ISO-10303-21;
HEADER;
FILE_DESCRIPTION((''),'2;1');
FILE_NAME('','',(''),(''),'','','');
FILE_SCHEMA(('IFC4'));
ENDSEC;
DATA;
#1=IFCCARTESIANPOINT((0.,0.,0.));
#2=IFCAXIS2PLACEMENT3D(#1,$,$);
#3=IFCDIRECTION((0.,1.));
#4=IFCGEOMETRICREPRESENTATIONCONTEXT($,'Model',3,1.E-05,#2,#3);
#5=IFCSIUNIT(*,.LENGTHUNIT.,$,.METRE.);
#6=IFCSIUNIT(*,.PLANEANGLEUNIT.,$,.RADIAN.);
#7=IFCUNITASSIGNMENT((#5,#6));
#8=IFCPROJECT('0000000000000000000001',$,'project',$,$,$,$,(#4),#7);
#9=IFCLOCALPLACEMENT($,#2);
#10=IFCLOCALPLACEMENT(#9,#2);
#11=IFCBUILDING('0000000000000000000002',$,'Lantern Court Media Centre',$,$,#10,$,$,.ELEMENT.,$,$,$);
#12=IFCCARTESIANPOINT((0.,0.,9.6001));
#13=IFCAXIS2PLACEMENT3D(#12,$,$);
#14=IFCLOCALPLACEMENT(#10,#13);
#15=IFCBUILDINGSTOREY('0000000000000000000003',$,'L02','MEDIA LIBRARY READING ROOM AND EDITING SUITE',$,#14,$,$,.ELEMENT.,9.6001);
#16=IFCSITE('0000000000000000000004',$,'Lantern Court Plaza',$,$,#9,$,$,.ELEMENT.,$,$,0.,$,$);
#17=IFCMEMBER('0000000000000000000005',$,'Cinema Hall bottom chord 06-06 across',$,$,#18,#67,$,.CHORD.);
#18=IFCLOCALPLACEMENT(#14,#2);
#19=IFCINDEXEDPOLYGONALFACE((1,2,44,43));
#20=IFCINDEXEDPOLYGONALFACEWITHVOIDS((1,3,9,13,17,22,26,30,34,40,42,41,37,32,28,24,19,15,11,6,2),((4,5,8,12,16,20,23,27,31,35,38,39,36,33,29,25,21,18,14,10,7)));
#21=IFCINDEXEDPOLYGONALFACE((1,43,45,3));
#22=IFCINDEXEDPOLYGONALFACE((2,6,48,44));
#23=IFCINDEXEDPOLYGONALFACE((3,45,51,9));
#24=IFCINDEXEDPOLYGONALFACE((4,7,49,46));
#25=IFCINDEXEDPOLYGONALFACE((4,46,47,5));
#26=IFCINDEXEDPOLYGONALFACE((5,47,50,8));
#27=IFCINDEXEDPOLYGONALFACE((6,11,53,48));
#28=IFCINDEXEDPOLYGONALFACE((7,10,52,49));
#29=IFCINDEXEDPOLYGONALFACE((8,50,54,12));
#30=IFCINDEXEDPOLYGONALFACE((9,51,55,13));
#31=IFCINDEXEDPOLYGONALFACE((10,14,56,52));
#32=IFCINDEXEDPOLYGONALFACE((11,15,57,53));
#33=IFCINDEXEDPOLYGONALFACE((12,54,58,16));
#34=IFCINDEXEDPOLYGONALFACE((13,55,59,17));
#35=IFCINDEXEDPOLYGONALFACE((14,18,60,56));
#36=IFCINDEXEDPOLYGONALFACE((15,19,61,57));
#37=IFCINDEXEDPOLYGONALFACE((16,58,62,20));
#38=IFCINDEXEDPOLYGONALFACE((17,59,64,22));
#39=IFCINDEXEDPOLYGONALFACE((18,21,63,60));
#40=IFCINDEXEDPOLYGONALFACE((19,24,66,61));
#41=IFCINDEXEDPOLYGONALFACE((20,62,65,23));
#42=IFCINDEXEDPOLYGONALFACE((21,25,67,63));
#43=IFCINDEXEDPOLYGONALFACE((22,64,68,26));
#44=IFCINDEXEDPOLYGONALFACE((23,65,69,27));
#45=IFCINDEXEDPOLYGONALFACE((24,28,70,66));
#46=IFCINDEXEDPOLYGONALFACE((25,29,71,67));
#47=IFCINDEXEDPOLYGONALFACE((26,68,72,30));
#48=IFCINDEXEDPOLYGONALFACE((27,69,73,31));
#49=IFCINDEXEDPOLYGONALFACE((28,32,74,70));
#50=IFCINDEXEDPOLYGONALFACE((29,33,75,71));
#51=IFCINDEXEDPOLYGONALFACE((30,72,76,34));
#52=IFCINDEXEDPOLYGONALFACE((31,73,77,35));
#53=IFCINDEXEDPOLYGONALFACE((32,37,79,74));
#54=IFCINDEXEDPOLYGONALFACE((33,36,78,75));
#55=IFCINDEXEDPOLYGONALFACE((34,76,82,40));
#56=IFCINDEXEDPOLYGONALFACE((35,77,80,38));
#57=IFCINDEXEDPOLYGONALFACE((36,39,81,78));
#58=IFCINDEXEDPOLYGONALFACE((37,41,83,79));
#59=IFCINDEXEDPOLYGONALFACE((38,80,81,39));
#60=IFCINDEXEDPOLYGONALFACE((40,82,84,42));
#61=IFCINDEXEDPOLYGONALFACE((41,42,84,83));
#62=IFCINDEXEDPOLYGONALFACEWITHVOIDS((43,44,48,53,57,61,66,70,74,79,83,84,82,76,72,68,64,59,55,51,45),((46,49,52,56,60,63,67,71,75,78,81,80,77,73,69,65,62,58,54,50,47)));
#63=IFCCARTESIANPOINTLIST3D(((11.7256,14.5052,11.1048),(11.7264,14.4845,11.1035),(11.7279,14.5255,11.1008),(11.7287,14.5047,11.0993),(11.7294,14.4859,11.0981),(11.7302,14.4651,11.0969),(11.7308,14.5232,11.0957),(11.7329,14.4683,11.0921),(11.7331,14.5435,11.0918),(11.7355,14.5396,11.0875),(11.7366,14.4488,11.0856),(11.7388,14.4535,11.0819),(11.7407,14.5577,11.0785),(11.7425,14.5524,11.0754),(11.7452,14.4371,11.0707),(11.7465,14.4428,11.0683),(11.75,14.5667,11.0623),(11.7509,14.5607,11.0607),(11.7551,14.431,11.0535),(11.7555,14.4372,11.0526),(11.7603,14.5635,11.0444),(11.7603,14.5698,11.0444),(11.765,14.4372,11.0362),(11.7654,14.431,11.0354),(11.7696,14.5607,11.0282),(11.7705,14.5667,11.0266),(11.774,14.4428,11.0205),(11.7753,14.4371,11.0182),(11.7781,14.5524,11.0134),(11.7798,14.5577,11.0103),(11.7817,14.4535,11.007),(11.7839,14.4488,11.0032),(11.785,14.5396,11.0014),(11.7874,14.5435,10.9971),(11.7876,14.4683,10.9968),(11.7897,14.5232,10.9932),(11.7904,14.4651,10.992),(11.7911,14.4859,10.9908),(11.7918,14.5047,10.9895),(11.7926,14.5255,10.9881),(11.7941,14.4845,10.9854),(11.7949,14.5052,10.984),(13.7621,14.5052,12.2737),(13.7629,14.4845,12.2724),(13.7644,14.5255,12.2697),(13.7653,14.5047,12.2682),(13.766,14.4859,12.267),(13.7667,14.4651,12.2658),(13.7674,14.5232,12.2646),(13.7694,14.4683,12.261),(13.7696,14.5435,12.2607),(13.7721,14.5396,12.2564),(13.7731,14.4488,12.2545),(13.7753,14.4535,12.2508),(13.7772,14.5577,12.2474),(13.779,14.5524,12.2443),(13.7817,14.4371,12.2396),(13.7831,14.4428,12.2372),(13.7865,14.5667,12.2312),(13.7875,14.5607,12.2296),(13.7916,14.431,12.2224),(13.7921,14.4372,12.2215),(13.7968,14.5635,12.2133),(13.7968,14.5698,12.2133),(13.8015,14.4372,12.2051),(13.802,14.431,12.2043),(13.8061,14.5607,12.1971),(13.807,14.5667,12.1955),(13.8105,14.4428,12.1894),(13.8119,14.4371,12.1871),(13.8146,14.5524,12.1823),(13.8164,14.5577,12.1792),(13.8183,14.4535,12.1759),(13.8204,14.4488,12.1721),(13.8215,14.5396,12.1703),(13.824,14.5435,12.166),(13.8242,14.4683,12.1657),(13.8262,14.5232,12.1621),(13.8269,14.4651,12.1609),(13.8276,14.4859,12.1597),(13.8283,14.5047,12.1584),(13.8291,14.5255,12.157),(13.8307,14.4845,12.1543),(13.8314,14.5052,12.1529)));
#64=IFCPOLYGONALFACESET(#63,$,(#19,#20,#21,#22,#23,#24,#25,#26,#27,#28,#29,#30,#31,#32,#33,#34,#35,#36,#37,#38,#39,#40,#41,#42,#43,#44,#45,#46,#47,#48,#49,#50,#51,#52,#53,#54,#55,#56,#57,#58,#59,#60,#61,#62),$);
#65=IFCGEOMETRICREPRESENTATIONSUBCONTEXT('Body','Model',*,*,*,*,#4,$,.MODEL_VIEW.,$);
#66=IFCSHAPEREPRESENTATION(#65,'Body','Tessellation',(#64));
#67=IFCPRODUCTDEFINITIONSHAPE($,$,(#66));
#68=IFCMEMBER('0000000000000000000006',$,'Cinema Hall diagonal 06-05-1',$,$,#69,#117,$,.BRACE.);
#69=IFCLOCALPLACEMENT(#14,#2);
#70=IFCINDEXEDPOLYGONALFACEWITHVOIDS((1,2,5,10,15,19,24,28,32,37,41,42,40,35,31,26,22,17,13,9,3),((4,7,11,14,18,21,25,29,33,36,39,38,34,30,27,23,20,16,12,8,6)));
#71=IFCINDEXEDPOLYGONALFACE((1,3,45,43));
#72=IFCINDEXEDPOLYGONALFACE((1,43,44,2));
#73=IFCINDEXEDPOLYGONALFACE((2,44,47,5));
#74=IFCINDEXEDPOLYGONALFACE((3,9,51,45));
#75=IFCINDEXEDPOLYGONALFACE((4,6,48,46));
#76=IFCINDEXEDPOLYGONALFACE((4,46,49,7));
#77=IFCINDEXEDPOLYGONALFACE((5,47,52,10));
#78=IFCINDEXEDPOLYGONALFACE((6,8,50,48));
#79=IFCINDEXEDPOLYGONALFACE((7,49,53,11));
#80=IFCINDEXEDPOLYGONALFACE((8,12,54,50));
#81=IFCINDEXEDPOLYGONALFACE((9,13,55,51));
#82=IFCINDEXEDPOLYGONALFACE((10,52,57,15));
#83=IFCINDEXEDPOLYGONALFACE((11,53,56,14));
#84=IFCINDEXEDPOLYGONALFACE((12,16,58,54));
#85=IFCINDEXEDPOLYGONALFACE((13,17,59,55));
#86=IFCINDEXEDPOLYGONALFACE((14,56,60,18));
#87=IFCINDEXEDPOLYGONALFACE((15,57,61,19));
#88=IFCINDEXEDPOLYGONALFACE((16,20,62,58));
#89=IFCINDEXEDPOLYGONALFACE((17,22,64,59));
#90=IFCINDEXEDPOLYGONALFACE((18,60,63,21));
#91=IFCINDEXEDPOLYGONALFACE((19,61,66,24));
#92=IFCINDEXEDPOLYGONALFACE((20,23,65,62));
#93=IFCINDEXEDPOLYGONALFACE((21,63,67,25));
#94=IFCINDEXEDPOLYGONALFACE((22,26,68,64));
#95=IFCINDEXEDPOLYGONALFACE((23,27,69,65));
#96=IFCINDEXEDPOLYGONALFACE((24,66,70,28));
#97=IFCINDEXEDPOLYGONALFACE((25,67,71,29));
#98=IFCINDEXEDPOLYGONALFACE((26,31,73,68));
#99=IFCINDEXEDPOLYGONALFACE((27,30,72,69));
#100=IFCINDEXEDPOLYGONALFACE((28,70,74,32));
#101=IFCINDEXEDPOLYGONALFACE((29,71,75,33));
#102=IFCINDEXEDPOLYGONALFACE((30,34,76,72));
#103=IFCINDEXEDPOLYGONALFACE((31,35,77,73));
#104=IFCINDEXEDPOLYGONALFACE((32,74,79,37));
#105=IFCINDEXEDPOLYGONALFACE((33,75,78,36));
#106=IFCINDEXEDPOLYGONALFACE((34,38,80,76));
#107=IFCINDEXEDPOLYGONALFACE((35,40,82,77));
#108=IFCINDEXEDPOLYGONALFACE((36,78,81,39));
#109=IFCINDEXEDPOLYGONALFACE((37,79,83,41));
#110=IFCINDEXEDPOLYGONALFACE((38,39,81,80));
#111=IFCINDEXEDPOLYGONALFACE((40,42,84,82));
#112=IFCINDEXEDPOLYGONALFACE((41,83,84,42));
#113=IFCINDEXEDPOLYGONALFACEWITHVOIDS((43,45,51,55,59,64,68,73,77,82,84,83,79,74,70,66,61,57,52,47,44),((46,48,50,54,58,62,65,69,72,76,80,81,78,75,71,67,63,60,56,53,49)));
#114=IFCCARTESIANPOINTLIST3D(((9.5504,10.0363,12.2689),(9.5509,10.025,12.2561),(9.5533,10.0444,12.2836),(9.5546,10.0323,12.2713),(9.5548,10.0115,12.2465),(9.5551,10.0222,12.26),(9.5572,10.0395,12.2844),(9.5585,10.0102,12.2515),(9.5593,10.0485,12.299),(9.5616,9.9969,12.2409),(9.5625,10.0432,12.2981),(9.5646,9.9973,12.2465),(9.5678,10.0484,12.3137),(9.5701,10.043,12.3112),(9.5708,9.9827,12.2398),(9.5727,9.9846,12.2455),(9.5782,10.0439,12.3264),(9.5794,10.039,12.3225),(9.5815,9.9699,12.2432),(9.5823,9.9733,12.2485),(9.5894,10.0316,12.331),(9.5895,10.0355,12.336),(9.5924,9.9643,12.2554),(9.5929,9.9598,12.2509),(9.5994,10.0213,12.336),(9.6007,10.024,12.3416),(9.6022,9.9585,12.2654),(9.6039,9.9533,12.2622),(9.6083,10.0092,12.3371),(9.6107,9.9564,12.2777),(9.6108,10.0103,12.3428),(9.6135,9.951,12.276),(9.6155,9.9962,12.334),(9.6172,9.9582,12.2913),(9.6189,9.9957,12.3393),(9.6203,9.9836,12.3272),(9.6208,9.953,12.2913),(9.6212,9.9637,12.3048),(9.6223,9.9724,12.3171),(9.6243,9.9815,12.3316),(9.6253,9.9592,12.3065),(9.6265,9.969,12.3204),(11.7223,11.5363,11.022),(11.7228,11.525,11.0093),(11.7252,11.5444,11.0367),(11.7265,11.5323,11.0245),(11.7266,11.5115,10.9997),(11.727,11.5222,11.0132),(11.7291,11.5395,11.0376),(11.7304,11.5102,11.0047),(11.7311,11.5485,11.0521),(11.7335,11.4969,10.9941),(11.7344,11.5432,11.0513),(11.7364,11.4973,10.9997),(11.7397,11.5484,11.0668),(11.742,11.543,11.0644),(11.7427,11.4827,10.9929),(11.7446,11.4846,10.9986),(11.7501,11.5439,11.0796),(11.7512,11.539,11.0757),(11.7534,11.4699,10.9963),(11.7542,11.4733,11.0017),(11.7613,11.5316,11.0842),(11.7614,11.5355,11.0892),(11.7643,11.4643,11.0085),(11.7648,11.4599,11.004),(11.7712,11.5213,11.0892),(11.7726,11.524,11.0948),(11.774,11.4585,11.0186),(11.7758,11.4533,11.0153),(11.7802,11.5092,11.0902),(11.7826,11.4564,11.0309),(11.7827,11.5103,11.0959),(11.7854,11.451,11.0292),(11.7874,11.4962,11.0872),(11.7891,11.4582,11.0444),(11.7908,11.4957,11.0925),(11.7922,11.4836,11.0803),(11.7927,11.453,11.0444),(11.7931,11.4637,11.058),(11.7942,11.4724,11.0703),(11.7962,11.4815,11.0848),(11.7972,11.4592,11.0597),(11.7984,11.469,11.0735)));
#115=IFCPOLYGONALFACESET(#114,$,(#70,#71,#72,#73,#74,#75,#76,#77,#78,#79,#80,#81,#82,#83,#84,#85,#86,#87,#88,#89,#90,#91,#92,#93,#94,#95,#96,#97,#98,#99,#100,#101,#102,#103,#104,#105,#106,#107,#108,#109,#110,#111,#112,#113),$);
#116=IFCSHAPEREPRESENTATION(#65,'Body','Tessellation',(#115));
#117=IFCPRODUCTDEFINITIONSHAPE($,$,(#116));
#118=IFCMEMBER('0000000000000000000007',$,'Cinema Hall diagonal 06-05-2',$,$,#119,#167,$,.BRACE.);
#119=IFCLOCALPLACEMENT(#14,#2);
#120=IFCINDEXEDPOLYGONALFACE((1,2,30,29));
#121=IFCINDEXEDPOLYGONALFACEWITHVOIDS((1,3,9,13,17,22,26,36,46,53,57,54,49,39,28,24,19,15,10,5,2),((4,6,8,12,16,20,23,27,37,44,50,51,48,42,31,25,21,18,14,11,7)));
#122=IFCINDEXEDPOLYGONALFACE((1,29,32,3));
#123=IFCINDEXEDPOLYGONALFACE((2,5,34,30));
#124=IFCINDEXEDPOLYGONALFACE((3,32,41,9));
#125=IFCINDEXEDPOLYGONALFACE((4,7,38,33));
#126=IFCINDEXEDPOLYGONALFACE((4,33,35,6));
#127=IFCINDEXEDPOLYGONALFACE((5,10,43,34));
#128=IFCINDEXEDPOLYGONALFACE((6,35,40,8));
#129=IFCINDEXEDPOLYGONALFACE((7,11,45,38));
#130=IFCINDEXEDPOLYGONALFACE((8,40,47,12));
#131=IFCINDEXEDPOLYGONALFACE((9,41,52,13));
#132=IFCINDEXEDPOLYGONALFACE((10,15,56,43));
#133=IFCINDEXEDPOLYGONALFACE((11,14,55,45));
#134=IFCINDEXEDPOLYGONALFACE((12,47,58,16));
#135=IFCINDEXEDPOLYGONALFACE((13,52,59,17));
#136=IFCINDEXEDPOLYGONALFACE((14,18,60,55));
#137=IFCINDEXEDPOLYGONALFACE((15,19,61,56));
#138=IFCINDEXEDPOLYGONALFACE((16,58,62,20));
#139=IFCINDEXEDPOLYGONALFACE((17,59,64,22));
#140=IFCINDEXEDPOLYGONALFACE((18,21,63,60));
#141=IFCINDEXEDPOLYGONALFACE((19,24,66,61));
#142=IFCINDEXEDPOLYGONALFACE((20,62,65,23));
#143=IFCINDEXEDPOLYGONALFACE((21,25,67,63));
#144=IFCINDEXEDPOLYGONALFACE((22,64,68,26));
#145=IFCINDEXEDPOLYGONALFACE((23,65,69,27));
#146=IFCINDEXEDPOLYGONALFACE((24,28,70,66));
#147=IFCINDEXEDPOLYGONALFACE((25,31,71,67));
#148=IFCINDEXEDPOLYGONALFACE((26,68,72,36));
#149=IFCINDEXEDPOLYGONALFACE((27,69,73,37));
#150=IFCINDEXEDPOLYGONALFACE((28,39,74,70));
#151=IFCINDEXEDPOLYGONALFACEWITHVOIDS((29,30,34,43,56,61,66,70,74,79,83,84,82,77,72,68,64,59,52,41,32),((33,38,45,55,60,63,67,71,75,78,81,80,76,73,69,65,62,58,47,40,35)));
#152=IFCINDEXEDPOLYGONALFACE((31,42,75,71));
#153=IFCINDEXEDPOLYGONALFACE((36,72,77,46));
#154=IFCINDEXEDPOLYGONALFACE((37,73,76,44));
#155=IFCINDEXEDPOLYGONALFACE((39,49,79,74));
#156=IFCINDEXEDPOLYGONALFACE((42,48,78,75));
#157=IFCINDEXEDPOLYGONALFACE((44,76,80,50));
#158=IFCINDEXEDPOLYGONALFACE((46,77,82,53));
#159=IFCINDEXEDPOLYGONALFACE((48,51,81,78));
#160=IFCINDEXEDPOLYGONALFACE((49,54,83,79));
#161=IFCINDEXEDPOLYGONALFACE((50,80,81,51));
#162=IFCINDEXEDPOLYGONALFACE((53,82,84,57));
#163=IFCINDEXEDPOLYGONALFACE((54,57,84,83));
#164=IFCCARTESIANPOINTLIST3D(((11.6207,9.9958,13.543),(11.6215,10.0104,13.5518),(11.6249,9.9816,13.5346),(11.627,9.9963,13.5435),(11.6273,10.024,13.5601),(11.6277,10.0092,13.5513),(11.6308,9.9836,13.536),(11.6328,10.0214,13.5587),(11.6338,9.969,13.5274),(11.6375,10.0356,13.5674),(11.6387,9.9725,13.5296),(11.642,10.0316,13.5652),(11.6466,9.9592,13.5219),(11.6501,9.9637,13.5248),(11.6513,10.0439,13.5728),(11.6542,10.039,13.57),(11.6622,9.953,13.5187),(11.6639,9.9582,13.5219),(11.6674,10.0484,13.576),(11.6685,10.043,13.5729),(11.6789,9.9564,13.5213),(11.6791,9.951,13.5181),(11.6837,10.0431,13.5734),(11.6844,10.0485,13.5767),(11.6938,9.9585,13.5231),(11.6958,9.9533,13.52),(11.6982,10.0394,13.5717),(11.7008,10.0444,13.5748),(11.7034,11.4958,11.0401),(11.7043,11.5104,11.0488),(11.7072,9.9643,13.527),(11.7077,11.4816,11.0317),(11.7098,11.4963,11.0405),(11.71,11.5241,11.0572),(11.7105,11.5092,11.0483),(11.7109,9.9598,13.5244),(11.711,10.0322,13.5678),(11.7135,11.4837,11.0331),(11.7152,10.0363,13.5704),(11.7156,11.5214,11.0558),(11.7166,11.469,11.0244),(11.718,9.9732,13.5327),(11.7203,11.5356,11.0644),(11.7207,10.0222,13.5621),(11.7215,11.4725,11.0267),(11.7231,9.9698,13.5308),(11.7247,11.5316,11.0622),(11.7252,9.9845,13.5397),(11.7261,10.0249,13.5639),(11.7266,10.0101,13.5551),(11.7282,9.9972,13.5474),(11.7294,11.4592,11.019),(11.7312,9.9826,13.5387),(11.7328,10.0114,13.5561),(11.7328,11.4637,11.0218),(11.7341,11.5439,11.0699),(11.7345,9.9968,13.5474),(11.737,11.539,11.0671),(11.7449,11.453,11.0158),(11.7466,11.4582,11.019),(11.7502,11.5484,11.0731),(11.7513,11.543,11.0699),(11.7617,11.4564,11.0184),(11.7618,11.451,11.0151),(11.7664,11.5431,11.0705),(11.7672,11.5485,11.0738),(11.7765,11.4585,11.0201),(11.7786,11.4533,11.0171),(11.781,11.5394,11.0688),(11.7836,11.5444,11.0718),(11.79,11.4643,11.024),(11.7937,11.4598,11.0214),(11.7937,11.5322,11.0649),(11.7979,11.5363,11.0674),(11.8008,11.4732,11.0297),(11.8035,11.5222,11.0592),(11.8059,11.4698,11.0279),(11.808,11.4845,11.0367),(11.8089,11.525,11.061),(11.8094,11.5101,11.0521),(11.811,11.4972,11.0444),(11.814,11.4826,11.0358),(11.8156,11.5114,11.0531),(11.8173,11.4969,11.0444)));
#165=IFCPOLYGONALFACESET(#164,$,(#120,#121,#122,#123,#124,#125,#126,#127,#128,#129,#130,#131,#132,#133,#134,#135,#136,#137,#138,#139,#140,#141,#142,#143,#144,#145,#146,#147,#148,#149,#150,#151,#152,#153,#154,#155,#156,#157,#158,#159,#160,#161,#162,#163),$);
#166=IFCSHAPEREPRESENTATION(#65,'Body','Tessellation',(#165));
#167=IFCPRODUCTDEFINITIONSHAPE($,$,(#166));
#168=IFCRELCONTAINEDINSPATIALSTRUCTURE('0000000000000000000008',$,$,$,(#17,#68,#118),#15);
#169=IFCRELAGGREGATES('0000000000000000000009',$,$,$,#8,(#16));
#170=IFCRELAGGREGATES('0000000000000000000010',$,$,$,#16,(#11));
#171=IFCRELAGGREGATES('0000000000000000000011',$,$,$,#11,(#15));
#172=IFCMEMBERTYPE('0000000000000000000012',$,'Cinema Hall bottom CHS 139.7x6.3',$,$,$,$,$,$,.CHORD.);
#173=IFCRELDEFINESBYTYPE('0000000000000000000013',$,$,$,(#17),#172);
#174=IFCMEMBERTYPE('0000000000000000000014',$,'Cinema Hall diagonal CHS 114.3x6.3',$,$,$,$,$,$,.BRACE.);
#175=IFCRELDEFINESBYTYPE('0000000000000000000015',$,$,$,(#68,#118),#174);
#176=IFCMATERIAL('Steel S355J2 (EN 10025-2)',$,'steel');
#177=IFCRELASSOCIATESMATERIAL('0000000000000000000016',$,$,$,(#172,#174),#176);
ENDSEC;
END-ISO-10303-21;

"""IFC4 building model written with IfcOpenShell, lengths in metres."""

from ifc_helpers import new_model, si_unit, direction, frame, origin, origin_2d, place, context, subcontext, project, spatial, hollow_circle, extrude, material, material_profile, profile_set, type_object, element, save


model = new_model("IFC4")

# Units and contexts
model_context = context("Model", 3, precision=1e-05, world=origin(), true_north=direction((0.0, 1.0)))
body_context = subcontext(model_context, "Body", "Model", "MODEL_VIEW")
ifc_project = project(units=[si_unit("LENGTHUNIT", "METRE"), si_unit("PLANEANGLEUNIT", "RADIAN")], contexts=[model_context])

# Site, building, storey
site_placement = place(None, origin())
site = spatial("IfcSite", under=ifc_project, at=site_placement, Name="Lantern Court Plaza", CompositionType="ELEMENT", RefElevation=0.0)
building_placement = place(site_placement, origin())
building = spatial("IfcBuilding", under=site, at=building_placement, Name="Lantern Court Media Centre", CompositionType="ELEMENT")
storey_placement = place(building_placement, frame((0.0, 0.0, 9.6001)))
storey = spatial("IfcBuildingStorey", under=building, at=storey_placement, Name="L02", Description="MEDIA LIBRARY READING ROOM AND EDITING SUITE", CompositionType="ELEMENT", Elevation=9.6001)

# Members
ifc_material = material(Name="Steel S355J2 (EN 10025-2)", Category="steel")
ifc_material_profile_1 = material_profile(ifc_material, hollow_circle(Radius=0.0698, WallThickness=0.0063, at=origin_2d()), Name="Cinema Hall bottom CHS 139.7x6.3")
ifc_profile_set_1 = profile_set([ifc_material_profile_1], Name="Steel S355J2 (EN 10025-2)")
member_type_1 = type_object("IfcMemberType", Name="Cinema Hall bottom CHS 139.7x6.3", PredefinedType="CHORD", material=ifc_profile_set_1)
member_1_placement = place(storey_placement, frame((11.7603, 14.5, 11.0444), z_axis=(0.867295, 0.0, 0.497795), x_axis=(0.0, 1.0, 0.0)))
element("IfcMember", 1, at=member_1_placement, inside=storey, type_object=member_type_1, Name="Cinema Hall bottom chord 06-06 across", PredefinedType="CHORD", context=body_context, shape_type="SweptSolid", body=[
    extrude(hollow_circle(Radius=0.0698, WallThickness=0.0063, at=origin_2d()), origin(), (0.0, 0.0, 1.0), 2.3481),
])
ifc_material_profile_2 = material_profile(ifc_material, hollow_circle(Radius=0.0571, WallThickness=0.0063, at=origin_2d()), Name="Cinema Hall diagonal CHS 114.3x6.3")
ifc_profile_set_2 = profile_set([ifc_material_profile_2], Name="Steel S355J2 (EN 10025-2)")
member_type_2 = type_object("IfcMemberType", Name="Cinema Hall diagonal CHS 114.3x6.3", PredefinedType="BRACE", material=ifc_profile_set_2)
for number, where, z_axis, x_axis, name in (
    (2, (11.7603, 11.5, 11.0444), (-0.744002, -0.513843, 0.427115), (0.568286, -0.822831, 0.0), "Cinema Hall diagonal 06-05-1"),
    (3, (11.7603, 11.5, 11.0444), (-0.028352, -0.513846, 0.857414), (0.998481, -0.055092, 0.0), "Cinema Hall diagonal 06-05-2"),
):
    element("IfcMember", number, at=place(storey_placement, frame(where, z_axis=z_axis, x_axis=x_axis)), inside=storey, type_object=member_type_2, Name=name, PredefinedType="BRACE", context=body_context, shape_type="SweptSolid", body=[
        extrude(hollow_circle(Radius=0.0571, WallThickness=0.0063, at=origin_2d()), origin(), (0.0, 0.0, 1.0), 2.9192),
    ])

save(model, "model.ifc")
